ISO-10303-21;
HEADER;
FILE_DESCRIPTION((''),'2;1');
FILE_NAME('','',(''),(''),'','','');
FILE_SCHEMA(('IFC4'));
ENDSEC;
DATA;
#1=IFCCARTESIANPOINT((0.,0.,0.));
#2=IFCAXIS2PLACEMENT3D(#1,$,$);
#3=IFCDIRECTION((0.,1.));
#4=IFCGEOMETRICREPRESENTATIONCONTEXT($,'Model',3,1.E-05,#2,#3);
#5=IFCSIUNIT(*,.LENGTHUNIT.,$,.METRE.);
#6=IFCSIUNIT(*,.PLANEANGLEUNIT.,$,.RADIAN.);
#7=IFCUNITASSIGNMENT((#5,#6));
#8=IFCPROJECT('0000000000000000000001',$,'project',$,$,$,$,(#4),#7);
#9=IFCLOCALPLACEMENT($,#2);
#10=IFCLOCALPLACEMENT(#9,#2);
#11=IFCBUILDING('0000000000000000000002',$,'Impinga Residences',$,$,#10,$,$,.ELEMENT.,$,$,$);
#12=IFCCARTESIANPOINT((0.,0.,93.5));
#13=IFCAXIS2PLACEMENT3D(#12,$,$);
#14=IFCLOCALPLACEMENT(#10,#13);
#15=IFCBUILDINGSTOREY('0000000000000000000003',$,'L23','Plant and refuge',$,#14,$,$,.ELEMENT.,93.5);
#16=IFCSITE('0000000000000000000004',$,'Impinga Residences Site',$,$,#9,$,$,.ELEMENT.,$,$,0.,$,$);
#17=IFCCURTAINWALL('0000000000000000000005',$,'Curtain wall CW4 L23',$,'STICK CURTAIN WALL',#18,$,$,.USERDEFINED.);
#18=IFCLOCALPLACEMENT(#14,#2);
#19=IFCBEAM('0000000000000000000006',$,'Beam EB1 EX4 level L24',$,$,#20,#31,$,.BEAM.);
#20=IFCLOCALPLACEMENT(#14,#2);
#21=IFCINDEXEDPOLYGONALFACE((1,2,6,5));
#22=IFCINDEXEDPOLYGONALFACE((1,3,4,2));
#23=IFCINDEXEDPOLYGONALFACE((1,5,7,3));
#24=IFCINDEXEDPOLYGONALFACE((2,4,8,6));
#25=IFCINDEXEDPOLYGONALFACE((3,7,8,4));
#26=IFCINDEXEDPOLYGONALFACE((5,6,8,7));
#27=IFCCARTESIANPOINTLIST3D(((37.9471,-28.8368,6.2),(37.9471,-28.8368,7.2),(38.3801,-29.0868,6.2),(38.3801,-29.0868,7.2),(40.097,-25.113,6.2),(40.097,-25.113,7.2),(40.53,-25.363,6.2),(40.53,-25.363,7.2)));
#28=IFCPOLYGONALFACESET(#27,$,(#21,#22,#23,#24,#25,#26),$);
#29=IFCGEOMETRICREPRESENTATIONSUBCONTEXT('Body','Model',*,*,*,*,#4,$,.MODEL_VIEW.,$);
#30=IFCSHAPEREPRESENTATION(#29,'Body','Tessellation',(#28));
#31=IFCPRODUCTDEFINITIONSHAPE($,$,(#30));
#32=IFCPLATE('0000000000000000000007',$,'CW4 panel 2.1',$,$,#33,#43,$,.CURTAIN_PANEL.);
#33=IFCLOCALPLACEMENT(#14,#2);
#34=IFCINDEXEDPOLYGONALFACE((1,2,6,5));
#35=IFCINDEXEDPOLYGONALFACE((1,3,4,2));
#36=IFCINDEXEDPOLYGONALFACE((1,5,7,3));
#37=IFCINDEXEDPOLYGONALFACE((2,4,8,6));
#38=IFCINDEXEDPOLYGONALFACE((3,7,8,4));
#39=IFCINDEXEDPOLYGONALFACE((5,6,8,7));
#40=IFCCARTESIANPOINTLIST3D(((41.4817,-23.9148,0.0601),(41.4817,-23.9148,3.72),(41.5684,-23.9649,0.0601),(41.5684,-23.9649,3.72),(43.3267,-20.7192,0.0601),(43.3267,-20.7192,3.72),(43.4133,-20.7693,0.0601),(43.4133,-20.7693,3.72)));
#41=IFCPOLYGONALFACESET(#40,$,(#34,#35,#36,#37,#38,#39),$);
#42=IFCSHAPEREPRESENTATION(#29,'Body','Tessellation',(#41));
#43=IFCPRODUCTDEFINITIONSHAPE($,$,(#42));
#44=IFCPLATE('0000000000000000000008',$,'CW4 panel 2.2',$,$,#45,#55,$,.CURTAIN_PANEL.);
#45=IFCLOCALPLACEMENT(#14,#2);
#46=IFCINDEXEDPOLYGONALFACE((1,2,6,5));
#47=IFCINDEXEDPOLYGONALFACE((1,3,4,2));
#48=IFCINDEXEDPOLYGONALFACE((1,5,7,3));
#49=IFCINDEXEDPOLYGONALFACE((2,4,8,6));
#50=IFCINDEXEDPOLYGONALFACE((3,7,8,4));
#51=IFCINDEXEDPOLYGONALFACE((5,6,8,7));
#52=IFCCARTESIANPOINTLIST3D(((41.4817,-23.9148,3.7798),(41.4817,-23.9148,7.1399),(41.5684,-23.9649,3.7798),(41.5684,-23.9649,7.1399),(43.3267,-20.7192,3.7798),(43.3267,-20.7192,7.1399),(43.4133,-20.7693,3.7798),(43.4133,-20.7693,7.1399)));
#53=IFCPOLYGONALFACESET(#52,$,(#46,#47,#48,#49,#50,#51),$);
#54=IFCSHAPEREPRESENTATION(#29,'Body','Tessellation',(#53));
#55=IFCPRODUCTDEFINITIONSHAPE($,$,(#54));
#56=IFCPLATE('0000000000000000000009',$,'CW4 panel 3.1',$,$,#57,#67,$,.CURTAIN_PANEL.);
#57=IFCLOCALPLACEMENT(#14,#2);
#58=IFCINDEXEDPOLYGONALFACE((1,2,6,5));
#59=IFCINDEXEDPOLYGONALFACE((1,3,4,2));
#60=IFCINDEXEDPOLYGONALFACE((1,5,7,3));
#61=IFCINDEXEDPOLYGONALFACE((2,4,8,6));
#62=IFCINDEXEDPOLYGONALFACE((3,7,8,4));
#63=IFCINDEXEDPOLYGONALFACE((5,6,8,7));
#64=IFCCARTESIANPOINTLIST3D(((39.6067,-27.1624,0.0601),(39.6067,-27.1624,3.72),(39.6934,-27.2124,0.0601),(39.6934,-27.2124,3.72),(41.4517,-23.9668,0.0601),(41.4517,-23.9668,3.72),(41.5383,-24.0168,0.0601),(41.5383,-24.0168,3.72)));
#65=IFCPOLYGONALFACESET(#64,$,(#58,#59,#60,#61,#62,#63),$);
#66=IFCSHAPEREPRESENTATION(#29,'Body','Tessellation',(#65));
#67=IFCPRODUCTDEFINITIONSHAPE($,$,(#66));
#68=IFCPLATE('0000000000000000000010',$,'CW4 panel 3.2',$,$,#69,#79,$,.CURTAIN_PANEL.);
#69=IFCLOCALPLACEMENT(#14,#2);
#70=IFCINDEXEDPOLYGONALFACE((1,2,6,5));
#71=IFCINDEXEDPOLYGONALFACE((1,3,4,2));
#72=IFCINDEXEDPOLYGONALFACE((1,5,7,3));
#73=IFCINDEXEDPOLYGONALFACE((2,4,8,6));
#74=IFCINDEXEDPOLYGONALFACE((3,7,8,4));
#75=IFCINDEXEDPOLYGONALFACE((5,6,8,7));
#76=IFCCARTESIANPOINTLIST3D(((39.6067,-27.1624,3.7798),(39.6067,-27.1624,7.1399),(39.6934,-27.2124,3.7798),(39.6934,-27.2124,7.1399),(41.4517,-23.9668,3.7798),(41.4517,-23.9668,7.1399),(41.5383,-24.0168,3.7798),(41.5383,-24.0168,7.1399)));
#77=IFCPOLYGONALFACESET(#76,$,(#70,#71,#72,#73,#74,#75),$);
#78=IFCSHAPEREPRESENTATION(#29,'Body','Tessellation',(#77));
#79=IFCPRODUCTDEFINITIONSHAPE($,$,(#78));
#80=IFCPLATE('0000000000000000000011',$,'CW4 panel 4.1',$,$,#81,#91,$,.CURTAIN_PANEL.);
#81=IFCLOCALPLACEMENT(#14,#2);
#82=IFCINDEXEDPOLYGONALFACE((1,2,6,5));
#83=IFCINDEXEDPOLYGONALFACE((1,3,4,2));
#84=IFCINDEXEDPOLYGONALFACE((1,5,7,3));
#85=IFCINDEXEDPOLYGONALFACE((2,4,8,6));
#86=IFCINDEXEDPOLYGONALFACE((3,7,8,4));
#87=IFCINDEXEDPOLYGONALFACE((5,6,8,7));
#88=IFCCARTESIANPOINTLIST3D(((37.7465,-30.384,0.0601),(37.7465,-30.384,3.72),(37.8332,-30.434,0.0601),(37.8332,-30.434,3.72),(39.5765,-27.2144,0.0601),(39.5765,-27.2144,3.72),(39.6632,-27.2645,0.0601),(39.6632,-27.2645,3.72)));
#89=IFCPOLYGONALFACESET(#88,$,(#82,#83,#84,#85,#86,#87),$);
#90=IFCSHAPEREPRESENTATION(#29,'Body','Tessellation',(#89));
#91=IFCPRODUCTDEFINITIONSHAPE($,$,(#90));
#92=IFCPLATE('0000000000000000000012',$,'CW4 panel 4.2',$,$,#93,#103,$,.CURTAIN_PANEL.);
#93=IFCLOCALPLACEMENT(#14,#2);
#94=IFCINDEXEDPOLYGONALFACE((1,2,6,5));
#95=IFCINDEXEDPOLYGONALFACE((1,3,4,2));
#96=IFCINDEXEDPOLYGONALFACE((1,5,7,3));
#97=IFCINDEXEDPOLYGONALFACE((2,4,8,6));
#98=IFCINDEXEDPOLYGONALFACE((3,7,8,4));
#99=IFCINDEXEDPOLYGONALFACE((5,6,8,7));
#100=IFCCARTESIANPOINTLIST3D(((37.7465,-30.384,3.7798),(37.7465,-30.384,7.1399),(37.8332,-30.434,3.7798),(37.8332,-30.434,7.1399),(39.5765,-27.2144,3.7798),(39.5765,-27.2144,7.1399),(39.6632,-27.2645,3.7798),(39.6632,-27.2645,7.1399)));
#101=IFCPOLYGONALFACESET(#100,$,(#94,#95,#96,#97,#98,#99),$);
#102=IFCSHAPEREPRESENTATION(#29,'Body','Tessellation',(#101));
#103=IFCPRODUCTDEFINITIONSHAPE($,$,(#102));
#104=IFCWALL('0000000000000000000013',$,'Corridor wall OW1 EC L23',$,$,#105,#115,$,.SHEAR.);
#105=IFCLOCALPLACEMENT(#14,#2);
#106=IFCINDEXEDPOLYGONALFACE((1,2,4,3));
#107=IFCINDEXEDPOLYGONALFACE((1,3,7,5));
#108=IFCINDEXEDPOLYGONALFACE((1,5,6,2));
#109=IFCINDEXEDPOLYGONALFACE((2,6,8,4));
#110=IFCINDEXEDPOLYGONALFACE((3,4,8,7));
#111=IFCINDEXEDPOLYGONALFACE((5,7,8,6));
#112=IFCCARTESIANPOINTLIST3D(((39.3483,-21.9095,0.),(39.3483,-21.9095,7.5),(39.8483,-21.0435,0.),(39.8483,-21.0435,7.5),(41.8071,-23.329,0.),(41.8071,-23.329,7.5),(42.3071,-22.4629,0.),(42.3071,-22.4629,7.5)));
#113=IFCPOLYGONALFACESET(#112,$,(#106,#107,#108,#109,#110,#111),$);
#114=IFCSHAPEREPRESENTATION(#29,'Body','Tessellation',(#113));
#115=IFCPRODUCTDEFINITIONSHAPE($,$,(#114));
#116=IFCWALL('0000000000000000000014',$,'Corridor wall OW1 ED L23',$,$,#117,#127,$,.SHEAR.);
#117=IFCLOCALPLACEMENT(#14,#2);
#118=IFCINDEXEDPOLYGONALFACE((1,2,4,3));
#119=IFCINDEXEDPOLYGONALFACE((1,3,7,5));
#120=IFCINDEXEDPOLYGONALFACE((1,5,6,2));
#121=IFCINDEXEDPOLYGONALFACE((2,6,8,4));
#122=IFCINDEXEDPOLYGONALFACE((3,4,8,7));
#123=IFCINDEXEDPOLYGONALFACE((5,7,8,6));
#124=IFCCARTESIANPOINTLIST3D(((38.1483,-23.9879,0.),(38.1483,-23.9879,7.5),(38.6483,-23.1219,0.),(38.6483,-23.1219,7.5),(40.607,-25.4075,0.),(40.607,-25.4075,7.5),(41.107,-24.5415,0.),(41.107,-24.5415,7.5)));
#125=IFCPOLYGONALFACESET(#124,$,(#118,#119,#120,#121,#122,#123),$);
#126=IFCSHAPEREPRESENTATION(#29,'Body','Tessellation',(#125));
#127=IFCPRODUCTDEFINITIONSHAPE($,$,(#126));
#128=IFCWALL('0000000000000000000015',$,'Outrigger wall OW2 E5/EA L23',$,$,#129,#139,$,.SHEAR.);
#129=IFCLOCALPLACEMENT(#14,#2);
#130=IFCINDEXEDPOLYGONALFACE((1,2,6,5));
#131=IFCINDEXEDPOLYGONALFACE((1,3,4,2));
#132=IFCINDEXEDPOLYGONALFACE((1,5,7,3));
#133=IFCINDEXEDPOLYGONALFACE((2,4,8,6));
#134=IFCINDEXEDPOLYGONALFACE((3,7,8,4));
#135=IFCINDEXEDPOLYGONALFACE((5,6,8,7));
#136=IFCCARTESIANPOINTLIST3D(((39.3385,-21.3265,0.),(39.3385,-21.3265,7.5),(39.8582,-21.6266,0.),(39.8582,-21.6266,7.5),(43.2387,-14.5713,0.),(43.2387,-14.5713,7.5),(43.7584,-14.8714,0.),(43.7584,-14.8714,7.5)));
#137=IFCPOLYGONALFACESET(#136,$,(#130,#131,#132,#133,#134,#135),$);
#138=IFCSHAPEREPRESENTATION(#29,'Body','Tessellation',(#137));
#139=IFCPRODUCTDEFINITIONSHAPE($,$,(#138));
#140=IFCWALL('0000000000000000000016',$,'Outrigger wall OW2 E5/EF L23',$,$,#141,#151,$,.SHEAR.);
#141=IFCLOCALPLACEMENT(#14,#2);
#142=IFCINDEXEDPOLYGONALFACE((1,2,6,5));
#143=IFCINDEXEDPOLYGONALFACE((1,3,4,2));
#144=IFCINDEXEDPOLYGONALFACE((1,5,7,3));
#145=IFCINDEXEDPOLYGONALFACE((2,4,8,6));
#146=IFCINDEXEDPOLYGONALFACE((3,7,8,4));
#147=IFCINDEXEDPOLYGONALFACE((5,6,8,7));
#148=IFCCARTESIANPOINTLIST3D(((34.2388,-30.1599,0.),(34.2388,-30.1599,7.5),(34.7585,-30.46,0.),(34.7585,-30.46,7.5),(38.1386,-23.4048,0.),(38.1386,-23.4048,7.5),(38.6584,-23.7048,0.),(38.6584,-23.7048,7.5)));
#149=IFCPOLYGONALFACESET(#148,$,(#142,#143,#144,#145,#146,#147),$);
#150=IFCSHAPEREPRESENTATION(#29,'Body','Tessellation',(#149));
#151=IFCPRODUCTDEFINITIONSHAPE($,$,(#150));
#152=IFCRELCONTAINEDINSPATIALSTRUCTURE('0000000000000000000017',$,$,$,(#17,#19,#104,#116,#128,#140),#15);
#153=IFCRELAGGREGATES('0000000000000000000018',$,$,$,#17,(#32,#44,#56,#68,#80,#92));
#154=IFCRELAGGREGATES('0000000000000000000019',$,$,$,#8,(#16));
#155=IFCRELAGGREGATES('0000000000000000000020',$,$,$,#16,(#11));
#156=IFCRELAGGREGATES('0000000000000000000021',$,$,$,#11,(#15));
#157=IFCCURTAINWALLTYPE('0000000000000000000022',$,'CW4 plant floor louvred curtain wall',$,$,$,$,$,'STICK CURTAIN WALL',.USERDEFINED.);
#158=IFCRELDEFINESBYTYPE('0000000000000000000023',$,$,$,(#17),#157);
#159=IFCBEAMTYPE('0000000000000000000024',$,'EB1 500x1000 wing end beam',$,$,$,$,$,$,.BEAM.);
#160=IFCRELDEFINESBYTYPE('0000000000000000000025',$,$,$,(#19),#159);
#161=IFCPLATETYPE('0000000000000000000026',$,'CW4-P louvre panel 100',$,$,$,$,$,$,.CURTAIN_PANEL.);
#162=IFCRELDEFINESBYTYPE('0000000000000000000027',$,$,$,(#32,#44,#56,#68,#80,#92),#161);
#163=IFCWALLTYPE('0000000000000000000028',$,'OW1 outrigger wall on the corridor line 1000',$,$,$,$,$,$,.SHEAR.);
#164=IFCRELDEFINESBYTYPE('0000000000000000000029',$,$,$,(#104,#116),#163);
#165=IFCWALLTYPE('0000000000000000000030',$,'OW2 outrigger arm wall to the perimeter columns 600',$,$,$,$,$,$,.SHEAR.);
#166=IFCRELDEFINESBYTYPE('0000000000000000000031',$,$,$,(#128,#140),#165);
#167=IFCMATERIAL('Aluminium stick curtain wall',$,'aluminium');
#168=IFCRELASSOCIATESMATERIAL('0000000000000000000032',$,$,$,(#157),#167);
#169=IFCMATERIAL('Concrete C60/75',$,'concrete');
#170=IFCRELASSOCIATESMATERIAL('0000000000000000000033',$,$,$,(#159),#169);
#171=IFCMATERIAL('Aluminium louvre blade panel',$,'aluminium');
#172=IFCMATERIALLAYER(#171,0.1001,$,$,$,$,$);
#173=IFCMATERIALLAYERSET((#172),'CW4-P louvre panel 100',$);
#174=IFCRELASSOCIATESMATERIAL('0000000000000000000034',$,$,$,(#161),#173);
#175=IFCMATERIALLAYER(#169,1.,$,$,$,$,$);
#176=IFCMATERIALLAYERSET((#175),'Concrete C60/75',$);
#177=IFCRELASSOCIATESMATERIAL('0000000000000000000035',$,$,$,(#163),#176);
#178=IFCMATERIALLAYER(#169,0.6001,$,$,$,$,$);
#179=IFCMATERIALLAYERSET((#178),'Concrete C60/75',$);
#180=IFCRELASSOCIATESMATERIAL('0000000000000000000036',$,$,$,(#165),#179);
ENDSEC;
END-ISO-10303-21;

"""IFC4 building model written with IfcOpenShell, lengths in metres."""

from ifc_helpers import new_model, si_unit, direction, frame, frame_2d, origin, origin_2d, place, context, subcontext, project, spatial, rectangle, extrude, material, layer, layer_set, material_profile, profile_set, type_object, element, aggregate, save


model = new_model("IFC4")

# Units and contexts
model_context = context("Model", 3, precision=1e-05, world=origin(), true_north=direction((0.0, 1.0)))
body_context = subcontext(model_context, "Body", "Model", "MODEL_VIEW")
ifc_project = project(units=[si_unit("LENGTHUNIT", "METRE"), si_unit("PLANEANGLEUNIT", "RADIAN")], contexts=[model_context])

# Site, building, storey
site_placement = place(None, origin())
site = spatial("IfcSite", under=ifc_project, at=site_placement, Name="Impinga Residences Site", CompositionType="ELEMENT", RefElevation=0.0)
building_placement = place(site_placement, origin())
building = spatial("IfcBuilding", under=site, at=building_placement, Name="Impinga Residences", CompositionType="ELEMENT")
storey_placement = place(building_placement, frame((0.0, 0.0, 93.5)))
storey = spatial("IfcBuildingStorey", under=building, at=storey_placement, Name="L23", Description="Plant and refuge", CompositionType="ELEMENT", Elevation=93.5)

# Curtain wall
ifc_material_1 = material(Name="Aluminium stick curtain wall", Category="aluminium")
curtain_wall_type = type_object("IfcCurtainWallType", Name="CW4 plant floor louvred curtain wall", ElementType="STICK CURTAIN WALL", PredefinedType="USERDEFINED", material=ifc_material_1)
curtain_wall_placement = place(storey_placement, origin())
curtain_wall = element("IfcCurtainWall", 1, at=curtain_wall_placement, inside=storey, type_object=curtain_wall_type, Name="Curtain wall CW4 L23", ObjectType="STICK CURTAIN WALL", PredefinedType="USERDEFINED")

# Beam
ifc_material_2 = material(Name="Concrete C60/75", Category="concrete")
ifc_material_profile_1 = material_profile(ifc_material_2, rectangle(XDim=0.5, YDim=1.0, at=origin_2d()), Name="RC 500x1000")
ifc_profile_set_1 = profile_set([ifc_material_profile_1], Name="Concrete C60/75")
beam_type = type_object("IfcBeamType", Name="EB1 500x1000 wing end beam", PredefinedType="BEAM", material=ifc_profile_set_1)
beam_1_placement = place(storey_placement, frame((40.3135, -25.238, 6.7), z_axis=(-0.499986, -0.866033, 0.0), x_axis=(0.866033, -0.499986, 0.0)))
element("IfcBeam", 2, at=beam_1_placement, inside=storey, type_object=beam_type, Name="Beam EB1 EX4 level L24", PredefinedType="BEAM", context=body_context, shape_type="SweptSolid", body=[
    extrude(rectangle(XDim=0.5, YDim=1.0, at=origin_2d()), origin(), (0.0, 0.0, 1.0), 4.2998),
])

# Plates
ifc_material_3 = material(Name="Aluminium louvre blade panel", Category="aluminium")
ifc_layer_1 = layer(ifc_material_3, 0.1001)
ifc_layer_set_1 = layer_set([ifc_layer_1], Name="CW4-P louvre panel 100")
plate_type = type_object("IfcPlateType", Name="CW4-P louvre panel 100", PredefinedType="CURTAIN_PANEL", material=ifc_layer_set_1)
plate_1_placement = place(storey_placement, frame((42.4475, -22.342, 0.0601), z_axis=(0.0, 0.0, 1.0), x_axis=(-0.5, -0.866025, 0.0)))
plate_1 = element("IfcPlate", 3, at=plate_1_placement, type_object=plate_type, Name="CW4 panel 2.1", PredefinedType="CURTAIN_PANEL", context=body_context, shape_type="SweptSolid", body=[
    extrude(rectangle(XDim=3.6899, YDim=0.1001, at=origin_2d()), origin(), (0.0, 0.0, 1.0), 3.6599),
])
plate_2_placement = place(storey_placement, frame((42.4475, -22.342, 3.7798), z_axis=(0.0, 0.0, 1.0), x_axis=(-0.5, -0.866025, 0.0)))
plate_2 = element("IfcPlate", 4, at=plate_2_placement, type_object=plate_type, Name="CW4 panel 2.2", PredefinedType="CURTAIN_PANEL", context=body_context, shape_type="SweptSolid", body=[
    extrude(rectangle(XDim=3.6899, YDim=0.1001, at=origin_2d()), origin(), (0.0, 0.0, 1.0), 3.3601),
])
plate_3_placement = place(storey_placement, frame((40.5725, -25.5896, 0.0601), z_axis=(0.0, 0.0, 1.0), x_axis=(-0.5, -0.866025, 0.0)))
plate_3 = element("IfcPlate", 5, at=plate_3_placement, type_object=plate_type, Name="CW4 panel 3.1", PredefinedType="CURTAIN_PANEL", context=body_context, shape_type="SweptSolid", body=[
    extrude(rectangle(XDim=3.6899, YDim=0.1001, at=origin_2d()), origin(), (0.0, 0.0, 1.0), 3.6599),
])
plate_4_placement = place(storey_placement, frame((40.5725, -25.5896, 3.7798), z_axis=(0.0, 0.0, 1.0), x_axis=(-0.5, -0.866025, 0.0)))
plate_4 = element("IfcPlate", 6, at=plate_4_placement, type_object=plate_type, Name="CW4 panel 3.2", PredefinedType="CURTAIN_PANEL", context=body_context, shape_type="SweptSolid", body=[
    extrude(rectangle(XDim=3.6899, YDim=0.1001, at=origin_2d()), origin(), (0.0, 0.0, 1.0), 3.3601),
])
plate_5_placement = place(storey_placement, frame((38.7048, -28.8242, 0.0601), z_axis=(0.0, 0.0, 1.0), x_axis=(-0.5, -0.866025, 0.0)))
plate_5 = element("IfcPlate", 7, at=plate_5_placement, type_object=plate_type, Name="CW4 panel 4.1", PredefinedType="CURTAIN_PANEL", context=body_context, shape_type="SweptSolid", body=[
    extrude(rectangle(XDim=3.6599, YDim=0.1001, at=origin_2d()), origin(), (0.0, 0.0, 1.0), 3.6599),
])
plate_6_placement = place(storey_placement, frame((38.7048, -28.8242, 3.7798), z_axis=(0.0, 0.0, 1.0), x_axis=(-0.5, -0.866025, 0.0)))
plate_6 = element("IfcPlate", 8, at=plate_6_placement, type_object=plate_type, Name="CW4 panel 4.2", PredefinedType="CURTAIN_PANEL", context=body_context, shape_type="SweptSolid", body=[
    extrude(rectangle(XDim=3.6599, YDim=0.1001, at=origin_2d()), origin(), (0.0, 0.0, 1.0), 3.3601),
])
aggregate(curtain_wall, [plate_1, plate_2, plate_3, plate_4, plate_5, plate_6])

# Walls
ifc_layer_2 = layer(ifc_material_2, 1.0)
ifc_layer_set_2 = layer_set([ifc_layer_2], Name="Concrete C60/75")
wall_type_1 = type_object("IfcWallType", Name="OW1 outrigger wall on the corridor line 1000", PredefinedType="SHEAR", material=ifc_layer_set_2)
for number, where, z_axis, x_axis, name in (
    (9, (39.5984, -21.4766, 0.0), (0.0, 0.0, 1.0), (0.866044, -0.499968, 0.0), "Corridor wall OW1 EC L23"),
    (10, (38.3984, -23.5549, 0.0), (0.0, 0.0, 1.0), (0.866007, -0.500033, 0.0), "Corridor wall OW1 ED L23"),
):
    element("IfcWall", number, at=place(storey_placement, frame(where, z_axis=z_axis, x_axis=x_axis)), inside=storey, type_object=wall_type_1, Name=name, PredefinedType="SHEAR", context=body_context, shape_type="SweptSolid", body=[
        extrude(rectangle(XDim=2.8391, YDim=1.0, at=frame_2d((1.4194, 0.0))), origin(), (0.0, 0.0, 1.0), 7.5),
    ])
ifc_layer_3 = layer(ifc_material_2, 0.6001)
ifc_layer_set_3 = layer_set([ifc_layer_3], Name="Concrete C60/75")
wall_type_2 = type_object("IfcWallType", Name="OW2 outrigger arm wall to the perimeter columns 600", PredefinedType="SHEAR", material=ifc_layer_set_3)
wall_1_placement = place(storey_placement, frame((39.5984, -21.4766, 0.0), z_axis=(0.0, 0.0, 1.0), x_axis=(0.500007, 0.866021, 0.0)))
element("IfcWall", 11, at=wall_1_placement, inside=storey, type_object=wall_type_2, Name="Outrigger wall OW2 E5/EA L23", PredefinedType="SHEAR", context=body_context, shape_type="SweptSolid", body=[
    extrude(rectangle(XDim=7.8003, YDim=0.6001, at=frame_2d((3.9001, 0.0))), origin(), (0.0, 0.0, 1.0), 7.5),
])
wall_2_placement = place(storey_placement, frame((38.3984, -23.5549, 0.0), z_axis=(0.0, 0.0, 1.0), x_axis=(-0.499983, -0.866035, 0.0)))
element("IfcWall", 12, at=wall_2_placement, inside=storey, type_object=wall_type_2, Name="Outrigger wall OW2 E5/EF L23", PredefinedType="SHEAR", context=body_context, shape_type="SweptSolid", body=[
    extrude(rectangle(XDim=7.8, YDim=0.6001, at=frame_2d((3.8999, 0.0))), origin(), (0.0, 0.0, 1.0), 7.5),
])

save(model, "model.ifc")
